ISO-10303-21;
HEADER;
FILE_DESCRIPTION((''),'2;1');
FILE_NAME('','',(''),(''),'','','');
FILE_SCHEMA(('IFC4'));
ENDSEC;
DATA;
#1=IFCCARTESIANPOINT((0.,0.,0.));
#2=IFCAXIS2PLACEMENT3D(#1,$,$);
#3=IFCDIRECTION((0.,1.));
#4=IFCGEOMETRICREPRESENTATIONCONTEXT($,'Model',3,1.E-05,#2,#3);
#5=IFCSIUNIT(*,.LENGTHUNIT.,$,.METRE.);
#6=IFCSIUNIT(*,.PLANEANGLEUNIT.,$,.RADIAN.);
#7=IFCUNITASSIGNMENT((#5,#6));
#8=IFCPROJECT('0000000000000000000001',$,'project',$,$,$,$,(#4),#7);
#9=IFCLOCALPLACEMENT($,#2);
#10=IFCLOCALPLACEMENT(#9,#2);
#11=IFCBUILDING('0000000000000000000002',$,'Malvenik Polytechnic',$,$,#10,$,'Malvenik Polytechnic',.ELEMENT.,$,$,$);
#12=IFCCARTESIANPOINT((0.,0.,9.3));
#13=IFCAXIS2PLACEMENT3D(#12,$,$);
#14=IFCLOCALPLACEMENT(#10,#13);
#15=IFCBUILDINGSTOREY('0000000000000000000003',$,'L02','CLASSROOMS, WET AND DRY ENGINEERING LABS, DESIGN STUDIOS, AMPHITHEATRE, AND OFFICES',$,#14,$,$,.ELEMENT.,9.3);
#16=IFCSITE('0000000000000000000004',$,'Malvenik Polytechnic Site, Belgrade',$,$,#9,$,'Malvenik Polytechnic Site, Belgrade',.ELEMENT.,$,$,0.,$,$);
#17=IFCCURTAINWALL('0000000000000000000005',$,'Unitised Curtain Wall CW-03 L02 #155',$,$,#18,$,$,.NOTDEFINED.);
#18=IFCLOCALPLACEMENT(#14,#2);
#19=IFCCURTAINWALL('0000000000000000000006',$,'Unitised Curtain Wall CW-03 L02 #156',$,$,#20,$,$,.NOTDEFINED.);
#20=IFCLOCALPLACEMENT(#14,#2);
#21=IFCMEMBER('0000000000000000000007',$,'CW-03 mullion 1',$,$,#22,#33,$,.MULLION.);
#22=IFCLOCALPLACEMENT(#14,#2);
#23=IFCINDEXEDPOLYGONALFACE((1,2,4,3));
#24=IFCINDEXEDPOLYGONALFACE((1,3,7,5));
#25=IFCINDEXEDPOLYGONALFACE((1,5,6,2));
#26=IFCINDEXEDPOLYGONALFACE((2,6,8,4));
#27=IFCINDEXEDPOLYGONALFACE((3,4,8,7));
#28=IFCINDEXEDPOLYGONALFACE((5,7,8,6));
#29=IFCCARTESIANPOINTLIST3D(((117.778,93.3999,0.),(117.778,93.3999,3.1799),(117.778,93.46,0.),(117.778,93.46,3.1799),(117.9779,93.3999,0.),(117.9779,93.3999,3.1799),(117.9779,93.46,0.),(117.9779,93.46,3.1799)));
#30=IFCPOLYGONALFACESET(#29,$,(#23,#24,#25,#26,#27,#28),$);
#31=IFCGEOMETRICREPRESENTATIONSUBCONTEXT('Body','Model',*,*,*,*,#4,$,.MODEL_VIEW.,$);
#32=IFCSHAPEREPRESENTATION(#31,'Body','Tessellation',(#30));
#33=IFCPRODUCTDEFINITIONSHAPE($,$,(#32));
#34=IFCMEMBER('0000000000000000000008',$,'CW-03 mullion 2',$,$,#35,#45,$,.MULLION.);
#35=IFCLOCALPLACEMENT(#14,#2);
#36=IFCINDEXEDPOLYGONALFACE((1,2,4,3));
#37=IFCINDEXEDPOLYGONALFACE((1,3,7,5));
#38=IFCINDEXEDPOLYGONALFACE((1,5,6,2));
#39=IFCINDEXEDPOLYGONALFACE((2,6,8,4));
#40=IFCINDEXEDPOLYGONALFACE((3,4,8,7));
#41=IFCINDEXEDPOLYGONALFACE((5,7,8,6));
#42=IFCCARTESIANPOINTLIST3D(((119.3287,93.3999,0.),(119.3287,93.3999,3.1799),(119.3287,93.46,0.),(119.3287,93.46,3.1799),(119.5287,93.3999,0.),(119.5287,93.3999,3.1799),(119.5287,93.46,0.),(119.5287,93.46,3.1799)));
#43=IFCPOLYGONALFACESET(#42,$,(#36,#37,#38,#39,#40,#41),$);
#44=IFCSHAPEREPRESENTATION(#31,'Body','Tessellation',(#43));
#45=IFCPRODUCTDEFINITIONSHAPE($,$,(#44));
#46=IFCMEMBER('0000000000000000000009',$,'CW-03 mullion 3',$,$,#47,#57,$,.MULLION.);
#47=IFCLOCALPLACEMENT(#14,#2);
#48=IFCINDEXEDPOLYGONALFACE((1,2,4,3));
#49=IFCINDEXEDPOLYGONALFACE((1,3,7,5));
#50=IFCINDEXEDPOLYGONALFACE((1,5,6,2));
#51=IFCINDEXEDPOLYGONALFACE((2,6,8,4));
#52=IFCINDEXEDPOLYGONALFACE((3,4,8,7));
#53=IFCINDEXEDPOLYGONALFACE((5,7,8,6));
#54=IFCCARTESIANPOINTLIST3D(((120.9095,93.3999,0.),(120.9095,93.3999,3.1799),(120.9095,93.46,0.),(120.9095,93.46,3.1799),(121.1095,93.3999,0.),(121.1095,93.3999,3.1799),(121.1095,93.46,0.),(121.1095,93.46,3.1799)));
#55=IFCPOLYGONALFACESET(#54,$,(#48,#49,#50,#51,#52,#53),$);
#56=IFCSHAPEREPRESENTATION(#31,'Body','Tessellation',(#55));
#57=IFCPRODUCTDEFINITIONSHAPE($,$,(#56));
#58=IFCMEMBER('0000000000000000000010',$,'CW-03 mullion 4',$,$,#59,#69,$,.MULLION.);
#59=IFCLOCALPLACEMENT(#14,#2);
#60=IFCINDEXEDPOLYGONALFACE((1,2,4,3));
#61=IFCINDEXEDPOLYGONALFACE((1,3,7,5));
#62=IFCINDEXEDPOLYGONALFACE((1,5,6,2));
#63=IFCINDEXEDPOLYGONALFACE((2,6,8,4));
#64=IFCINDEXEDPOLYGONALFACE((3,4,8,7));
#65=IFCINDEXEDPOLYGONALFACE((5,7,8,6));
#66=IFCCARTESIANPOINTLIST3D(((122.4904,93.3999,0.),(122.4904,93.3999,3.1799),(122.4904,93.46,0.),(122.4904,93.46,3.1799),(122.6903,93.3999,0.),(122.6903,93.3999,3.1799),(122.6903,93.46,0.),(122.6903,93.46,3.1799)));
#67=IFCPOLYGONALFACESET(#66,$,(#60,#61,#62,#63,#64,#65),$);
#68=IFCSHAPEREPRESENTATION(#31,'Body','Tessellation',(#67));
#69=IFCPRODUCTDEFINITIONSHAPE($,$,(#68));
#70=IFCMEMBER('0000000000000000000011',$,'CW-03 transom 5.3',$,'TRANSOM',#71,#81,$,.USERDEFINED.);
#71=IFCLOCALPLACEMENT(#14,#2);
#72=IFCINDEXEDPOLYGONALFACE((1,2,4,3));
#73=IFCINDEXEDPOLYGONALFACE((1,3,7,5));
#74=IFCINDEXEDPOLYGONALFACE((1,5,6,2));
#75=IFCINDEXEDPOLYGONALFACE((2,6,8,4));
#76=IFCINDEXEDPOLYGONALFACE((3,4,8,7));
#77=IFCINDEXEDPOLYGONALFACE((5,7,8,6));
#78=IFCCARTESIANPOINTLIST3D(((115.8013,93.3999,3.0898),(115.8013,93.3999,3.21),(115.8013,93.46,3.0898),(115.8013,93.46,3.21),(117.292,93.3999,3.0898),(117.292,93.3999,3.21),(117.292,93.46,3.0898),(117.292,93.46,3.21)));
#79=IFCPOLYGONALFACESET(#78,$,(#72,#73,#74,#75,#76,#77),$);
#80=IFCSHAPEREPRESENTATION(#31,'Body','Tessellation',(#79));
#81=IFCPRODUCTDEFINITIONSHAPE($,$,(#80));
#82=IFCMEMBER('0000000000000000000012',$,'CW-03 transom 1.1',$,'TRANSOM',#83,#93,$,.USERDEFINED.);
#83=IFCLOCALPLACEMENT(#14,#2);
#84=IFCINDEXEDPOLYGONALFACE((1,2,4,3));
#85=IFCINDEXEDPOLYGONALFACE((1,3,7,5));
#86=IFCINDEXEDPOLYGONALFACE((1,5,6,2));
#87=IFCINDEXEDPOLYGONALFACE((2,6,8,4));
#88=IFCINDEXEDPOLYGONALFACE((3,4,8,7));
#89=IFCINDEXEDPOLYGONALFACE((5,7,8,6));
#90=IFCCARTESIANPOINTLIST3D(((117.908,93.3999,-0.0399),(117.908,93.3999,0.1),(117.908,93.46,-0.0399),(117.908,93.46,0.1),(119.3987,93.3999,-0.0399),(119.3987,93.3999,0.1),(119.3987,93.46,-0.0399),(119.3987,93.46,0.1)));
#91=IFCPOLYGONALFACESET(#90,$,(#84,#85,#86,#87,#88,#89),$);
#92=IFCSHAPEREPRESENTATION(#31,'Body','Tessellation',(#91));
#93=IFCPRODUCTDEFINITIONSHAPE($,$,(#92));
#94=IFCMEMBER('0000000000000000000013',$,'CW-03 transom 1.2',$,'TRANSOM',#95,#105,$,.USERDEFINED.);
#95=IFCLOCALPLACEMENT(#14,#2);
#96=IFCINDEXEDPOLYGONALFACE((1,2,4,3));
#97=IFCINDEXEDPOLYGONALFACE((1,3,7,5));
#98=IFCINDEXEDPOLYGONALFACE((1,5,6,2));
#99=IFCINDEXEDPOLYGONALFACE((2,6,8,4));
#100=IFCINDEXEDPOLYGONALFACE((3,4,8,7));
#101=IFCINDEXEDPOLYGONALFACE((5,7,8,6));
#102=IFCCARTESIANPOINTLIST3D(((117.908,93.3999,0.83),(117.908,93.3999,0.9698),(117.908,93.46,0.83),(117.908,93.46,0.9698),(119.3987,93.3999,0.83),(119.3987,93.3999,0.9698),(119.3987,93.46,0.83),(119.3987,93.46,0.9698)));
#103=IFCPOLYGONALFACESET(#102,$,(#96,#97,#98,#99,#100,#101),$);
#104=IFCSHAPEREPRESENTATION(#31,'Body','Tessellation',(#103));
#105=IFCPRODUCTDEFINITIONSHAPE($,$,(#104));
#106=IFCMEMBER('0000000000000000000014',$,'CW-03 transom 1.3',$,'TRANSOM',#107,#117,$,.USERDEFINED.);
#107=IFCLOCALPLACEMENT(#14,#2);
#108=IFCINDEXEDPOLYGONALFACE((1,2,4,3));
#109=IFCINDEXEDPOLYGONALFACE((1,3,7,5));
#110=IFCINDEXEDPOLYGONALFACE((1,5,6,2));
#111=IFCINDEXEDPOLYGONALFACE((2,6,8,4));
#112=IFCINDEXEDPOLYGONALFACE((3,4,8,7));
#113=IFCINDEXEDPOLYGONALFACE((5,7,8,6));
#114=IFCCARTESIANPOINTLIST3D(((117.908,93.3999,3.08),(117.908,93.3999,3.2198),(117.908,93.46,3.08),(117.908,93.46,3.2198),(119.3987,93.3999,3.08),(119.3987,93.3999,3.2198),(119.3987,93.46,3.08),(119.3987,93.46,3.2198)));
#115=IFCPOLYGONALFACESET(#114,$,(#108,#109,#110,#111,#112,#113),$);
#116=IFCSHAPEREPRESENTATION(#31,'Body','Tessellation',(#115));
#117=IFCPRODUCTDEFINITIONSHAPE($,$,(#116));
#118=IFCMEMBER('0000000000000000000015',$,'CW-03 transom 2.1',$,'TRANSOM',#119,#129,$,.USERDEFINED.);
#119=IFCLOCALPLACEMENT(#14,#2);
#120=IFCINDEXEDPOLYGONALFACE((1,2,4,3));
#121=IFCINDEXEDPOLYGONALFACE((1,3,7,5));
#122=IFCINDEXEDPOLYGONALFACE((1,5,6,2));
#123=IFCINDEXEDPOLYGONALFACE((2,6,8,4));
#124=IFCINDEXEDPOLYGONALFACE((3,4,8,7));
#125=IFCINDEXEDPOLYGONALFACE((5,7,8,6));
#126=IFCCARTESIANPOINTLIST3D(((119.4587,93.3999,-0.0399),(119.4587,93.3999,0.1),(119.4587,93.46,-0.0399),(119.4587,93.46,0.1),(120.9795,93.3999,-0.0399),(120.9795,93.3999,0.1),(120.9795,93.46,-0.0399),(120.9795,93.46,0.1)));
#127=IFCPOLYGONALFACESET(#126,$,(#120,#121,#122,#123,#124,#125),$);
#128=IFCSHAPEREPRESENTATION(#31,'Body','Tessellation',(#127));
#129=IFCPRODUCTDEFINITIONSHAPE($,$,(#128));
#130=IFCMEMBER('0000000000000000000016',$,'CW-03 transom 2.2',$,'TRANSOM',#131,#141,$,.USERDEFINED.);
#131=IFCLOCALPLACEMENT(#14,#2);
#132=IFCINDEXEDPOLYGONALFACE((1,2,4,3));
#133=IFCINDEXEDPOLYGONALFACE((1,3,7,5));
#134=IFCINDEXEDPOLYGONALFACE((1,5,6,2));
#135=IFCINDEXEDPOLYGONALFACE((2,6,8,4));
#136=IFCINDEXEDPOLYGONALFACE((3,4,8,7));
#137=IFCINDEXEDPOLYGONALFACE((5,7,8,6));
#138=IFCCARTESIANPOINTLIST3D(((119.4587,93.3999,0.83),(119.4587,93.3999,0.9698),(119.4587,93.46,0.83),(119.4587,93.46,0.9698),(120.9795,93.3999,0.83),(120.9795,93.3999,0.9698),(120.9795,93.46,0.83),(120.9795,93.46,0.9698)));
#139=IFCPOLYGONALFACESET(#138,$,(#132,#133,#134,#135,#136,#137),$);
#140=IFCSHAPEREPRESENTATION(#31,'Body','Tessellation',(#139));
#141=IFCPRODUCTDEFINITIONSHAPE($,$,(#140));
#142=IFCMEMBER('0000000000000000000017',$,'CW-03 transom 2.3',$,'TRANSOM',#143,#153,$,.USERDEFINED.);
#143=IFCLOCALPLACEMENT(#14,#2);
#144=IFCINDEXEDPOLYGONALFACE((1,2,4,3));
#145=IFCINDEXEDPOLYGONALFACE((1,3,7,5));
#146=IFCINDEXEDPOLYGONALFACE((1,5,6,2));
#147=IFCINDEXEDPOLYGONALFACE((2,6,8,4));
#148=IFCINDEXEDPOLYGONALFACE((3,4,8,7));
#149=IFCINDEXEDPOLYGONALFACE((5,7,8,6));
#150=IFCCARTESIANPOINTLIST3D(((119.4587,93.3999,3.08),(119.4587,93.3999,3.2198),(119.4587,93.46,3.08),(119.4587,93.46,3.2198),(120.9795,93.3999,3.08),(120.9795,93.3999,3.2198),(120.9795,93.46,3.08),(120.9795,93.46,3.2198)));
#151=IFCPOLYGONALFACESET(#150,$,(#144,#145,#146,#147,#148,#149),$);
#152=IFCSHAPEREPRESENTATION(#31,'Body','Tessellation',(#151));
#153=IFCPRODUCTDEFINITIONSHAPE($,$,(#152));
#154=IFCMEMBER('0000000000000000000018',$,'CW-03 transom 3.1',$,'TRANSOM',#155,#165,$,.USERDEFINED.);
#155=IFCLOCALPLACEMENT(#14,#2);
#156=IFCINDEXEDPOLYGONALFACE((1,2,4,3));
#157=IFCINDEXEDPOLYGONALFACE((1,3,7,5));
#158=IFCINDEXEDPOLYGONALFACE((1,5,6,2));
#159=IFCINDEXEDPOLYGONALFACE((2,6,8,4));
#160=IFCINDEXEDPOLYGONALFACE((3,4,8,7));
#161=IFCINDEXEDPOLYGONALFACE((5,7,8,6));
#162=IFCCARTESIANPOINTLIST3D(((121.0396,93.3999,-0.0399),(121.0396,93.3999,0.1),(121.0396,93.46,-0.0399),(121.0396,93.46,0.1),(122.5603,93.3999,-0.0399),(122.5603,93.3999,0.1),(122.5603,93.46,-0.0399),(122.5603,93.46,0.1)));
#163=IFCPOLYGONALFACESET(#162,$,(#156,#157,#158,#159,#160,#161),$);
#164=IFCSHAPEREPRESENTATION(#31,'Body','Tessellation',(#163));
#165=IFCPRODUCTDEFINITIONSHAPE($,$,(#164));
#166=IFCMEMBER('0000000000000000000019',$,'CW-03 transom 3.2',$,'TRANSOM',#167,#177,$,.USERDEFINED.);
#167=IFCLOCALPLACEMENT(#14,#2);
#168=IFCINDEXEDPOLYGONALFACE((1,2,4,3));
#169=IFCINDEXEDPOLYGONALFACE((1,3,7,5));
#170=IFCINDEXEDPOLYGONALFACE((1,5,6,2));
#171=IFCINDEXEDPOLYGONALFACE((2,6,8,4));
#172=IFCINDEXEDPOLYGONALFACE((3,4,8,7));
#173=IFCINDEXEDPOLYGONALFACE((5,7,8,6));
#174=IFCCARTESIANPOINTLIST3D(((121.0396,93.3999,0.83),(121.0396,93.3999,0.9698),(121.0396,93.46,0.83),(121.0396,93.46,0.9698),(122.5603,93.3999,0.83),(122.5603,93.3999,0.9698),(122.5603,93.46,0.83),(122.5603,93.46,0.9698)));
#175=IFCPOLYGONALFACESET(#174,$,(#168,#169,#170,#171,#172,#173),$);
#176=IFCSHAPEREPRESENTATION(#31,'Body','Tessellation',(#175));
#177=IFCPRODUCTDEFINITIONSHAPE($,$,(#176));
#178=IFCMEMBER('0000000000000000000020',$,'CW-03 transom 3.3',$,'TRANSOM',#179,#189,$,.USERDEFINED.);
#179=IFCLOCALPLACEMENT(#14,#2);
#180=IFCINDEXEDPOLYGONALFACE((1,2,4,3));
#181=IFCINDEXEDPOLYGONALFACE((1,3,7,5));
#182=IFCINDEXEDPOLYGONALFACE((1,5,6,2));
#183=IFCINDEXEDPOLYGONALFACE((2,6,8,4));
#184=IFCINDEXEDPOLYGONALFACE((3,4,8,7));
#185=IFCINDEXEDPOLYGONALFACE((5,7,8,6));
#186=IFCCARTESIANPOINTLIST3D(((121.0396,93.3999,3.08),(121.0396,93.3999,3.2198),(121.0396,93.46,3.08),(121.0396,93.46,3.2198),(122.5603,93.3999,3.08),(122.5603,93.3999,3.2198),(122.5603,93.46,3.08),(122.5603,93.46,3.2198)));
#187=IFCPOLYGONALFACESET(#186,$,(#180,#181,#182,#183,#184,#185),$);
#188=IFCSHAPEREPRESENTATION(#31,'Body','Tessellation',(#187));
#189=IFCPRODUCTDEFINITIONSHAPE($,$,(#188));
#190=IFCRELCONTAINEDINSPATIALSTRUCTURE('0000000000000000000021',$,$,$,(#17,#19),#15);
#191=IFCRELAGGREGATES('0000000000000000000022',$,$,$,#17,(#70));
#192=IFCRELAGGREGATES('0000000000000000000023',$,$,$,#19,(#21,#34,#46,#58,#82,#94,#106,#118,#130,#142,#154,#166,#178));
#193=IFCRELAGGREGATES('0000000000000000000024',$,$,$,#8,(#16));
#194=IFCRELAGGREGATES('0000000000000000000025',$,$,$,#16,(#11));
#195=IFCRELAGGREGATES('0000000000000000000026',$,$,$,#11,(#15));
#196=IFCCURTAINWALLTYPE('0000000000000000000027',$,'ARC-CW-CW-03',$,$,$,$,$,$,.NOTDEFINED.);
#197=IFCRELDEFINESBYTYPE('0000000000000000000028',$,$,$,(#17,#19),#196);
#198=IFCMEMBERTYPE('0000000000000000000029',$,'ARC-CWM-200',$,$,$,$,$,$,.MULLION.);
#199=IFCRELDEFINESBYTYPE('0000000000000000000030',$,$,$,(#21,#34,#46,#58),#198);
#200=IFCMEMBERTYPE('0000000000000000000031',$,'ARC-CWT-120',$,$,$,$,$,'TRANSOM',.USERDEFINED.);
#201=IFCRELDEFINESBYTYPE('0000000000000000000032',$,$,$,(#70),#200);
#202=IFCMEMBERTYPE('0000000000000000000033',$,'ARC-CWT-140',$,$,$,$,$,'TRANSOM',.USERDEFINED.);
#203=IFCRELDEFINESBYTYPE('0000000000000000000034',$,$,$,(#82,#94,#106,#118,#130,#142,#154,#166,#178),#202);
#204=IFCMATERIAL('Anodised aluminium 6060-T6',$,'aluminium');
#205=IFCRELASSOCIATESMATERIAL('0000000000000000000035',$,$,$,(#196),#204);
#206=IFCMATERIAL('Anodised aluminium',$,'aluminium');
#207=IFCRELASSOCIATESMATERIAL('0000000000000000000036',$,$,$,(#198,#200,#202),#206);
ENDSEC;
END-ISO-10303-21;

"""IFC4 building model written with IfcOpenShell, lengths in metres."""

from ifc_helpers import new_model, si_unit, direction, frame, origin, origin_2d, place, context, subcontext, project, spatial, rectangle, extrude, material, material_profile, profile_set, type_object, element, aggregate, save


model = new_model("IFC4")

# Units and contexts
model_context = context("Model", 3, precision=1e-05, world=origin(), true_north=direction((0.0, 1.0)))
body_context = subcontext(model_context, "Body", "Model", "MODEL_VIEW")
ifc_project = project(units=[si_unit("LENGTHUNIT", "METRE"), si_unit("PLANEANGLEUNIT", "RADIAN")], contexts=[model_context])

# Site, building, storey
site_placement = place(None, origin())
site = spatial("IfcSite", under=ifc_project, at=site_placement, Name="Malvenik Polytechnic Site, Belgrade", LongName="Malvenik Polytechnic Site, Belgrade", CompositionType="ELEMENT", RefElevation=0.0)
building_placement = place(site_placement, origin())
building = spatial("IfcBuilding", under=site, at=building_placement, Name="Malvenik Polytechnic", LongName="Malvenik Polytechnic", CompositionType="ELEMENT")
storey_placement = place(building_placement, frame((0.0, 0.0, 9.3)))
storey = spatial("IfcBuildingStorey", under=building, at=storey_placement, Name="L02", Description="CLASSROOMS, WET AND DRY ENGINEERING LABS, DESIGN STUDIOS, AMPHITHEATRE, AND OFFICES", CompositionType="ELEMENT", Elevation=9.3)

# Curtain wall
ifc_material_1 = material(Name="Anodised aluminium 6060-T6", Category="aluminium")
curtain_wall_type = type_object("IfcCurtainWallType", Name="ARC-CW-CW-03", PredefinedType="NOTDEFINED", material=ifc_material_1)
curtain_wall_1_placement = place(storey_placement, origin())
curtain_wall_1 = element("IfcCurtainWall", 1, at=curtain_wall_1_placement, inside=storey, type_object=curtain_wall_type, Name="Unitised Curtain Wall CW-03 L02 #155", PredefinedType="NOTDEFINED")
ifc_material_2 = material(Name="Anodised aluminium", Category="aluminium")

# Curtain wall, members
curtain_wall_2_placement = place(storey_placement, origin())
curtain_wall_2 = element("IfcCurtainWall", 2, at=curtain_wall_2_placement, inside=storey, type_object=curtain_wall_type, Name="Unitised Curtain Wall CW-03 L02 #156", PredefinedType="NOTDEFINED")
ifc_material_profile_1 = material_profile(ifc_material_2, rectangle(XDim=0.0601, YDim=0.2, at=origin_2d()), Name="ALU MULLION 60x200")
ifc_profile_set_1 = profile_set([ifc_material_profile_1], Name="Anodised aluminium")
member_type_1 = type_object("IfcMemberType", Name="ARC-CWM-200", PredefinedType="MULLION", material=ifc_profile_set_1)
member_1_placement = place(storey_placement, frame((117.8779, 93.4299, 0.0), z_axis=(0.0, 0.0, 1.0), x_axis=(0.0, 1.0, 0.0)))
member_1 = element("IfcMember", 3, at=member_1_placement, type_object=member_type_1, Name="CW-03 mullion 1", PredefinedType="MULLION", context=body_context, shape_type="SweptSolid", body=[
    extrude(rectangle(XDim=0.0601, YDim=0.2, at=origin_2d()), origin(), (0.0, 0.0, 1.0), 3.1799),
])
member_2_placement = place(storey_placement, frame((119.4287, 93.4299, 0.0), z_axis=(0.0, 0.0, 1.0), x_axis=(0.0, 1.0, 0.0)))
member_2 = element("IfcMember", 4, at=member_2_placement, type_object=member_type_1, Name="CW-03 mullion 2", PredefinedType="MULLION", context=body_context, shape_type="SweptSolid", body=[
    extrude(rectangle(XDim=0.0601, YDim=0.2, at=origin_2d()), origin(), (0.0, 0.0, 1.0), 3.1799),
])
member_3_placement = place(storey_placement, frame((121.0095, 93.4299, 0.0), z_axis=(0.0, 0.0, 1.0), x_axis=(0.0, 1.0, 0.0)))
member_3 = element("IfcMember", 5, at=member_3_placement, type_object=member_type_1, Name="CW-03 mullion 3", PredefinedType="MULLION", context=body_context, shape_type="SweptSolid", body=[
    extrude(rectangle(XDim=0.0601, YDim=0.2, at=origin_2d()), origin(), (0.0, 0.0, 1.0), 3.1799),
])
member_4_placement = place(storey_placement, frame((122.5903, 93.4299, 0.0), z_axis=(0.0, 0.0, 1.0), x_axis=(0.0, 1.0, 0.0)))
member_4 = element("IfcMember", 6, at=member_4_placement, type_object=member_type_1, Name="CW-03 mullion 4", PredefinedType="MULLION", context=body_context, shape_type="SweptSolid", body=[
    extrude(rectangle(XDim=0.0601, YDim=0.2, at=origin_2d()), origin(), (0.0, 0.0, 1.0), 3.1799),
])

# Members
ifc_material_profile_2 = material_profile(ifc_material_2, rectangle(XDim=0.0601, YDim=0.1201, at=origin_2d()), Name="ALU TRANSOM 60x120")
ifc_profile_set_2 = profile_set([ifc_material_profile_2], Name="Anodised aluminium")
member_type_2 = type_object("IfcMemberType", Name="ARC-CWT-120", ElementType="TRANSOM", PredefinedType="USERDEFINED", material=ifc_profile_set_2)
member_5_placement = place(storey_placement, frame((115.8013, 93.4299, 3.1499), z_axis=(1.0, 0.0, 0.0), x_axis=(0.0, 1.0, 0.0)))
member_5 = element("IfcMember", 7, at=member_5_placement, type_object=member_type_2, Name="CW-03 transom 5.3", ObjectType="TRANSOM", PredefinedType="USERDEFINED", context=body_context, shape_type="SweptSolid", body=[
    extrude(rectangle(XDim=0.0601, YDim=0.1201, at=origin_2d()), origin(), (0.0, 0.0, 1.0), 1.4907),
])
ifc_material_profile_3 = material_profile(ifc_material_2, rectangle(XDim=0.0601, YDim=0.1399, at=origin_2d()), Name="ALU TRANSOM 60x140")
ifc_profile_set_3 = profile_set([ifc_material_profile_3], Name="Anodised aluminium")
member_type_3 = type_object("IfcMemberType", Name="ARC-CWT-140", ElementType="TRANSOM", PredefinedType="USERDEFINED", material=ifc_profile_set_3)
member_6_placement = place(storey_placement, frame((117.908, 93.4299, 0.03), z_axis=(1.0, 0.0, 0.0), x_axis=(0.0, 1.0, 0.0)))
member_6 = element("IfcMember", 8, at=member_6_placement, type_object=member_type_3, Name="CW-03 transom 1.1", ObjectType="TRANSOM", PredefinedType="USERDEFINED", context=body_context, shape_type="SweptSolid", body=[
    extrude(rectangle(XDim=0.0601, YDim=0.1399, at=origin_2d()), origin(), (0.0, 0.0, 1.0), 1.4907),
])
member_7_placement = place(storey_placement, frame((117.908, 93.4299, 0.8999), z_axis=(1.0, 0.0, 0.0), x_axis=(0.0, 1.0, 0.0)))
member_7 = element("IfcMember", 9, at=member_7_placement, type_object=member_type_3, Name="CW-03 transom 1.2", ObjectType="TRANSOM", PredefinedType="USERDEFINED", context=body_context, shape_type="SweptSolid", body=[
    extrude(rectangle(XDim=0.0601, YDim=0.1399, at=origin_2d()), origin(), (0.0, 0.0, 1.0), 1.4907),
])
member_8_placement = place(storey_placement, frame((117.908, 93.4299, 3.1499), z_axis=(1.0, 0.0, 0.0), x_axis=(0.0, 1.0, 0.0)))
member_8 = element("IfcMember", 10, at=member_8_placement, type_object=member_type_3, Name="CW-03 transom 1.3", ObjectType="TRANSOM", PredefinedType="USERDEFINED", context=body_context, shape_type="SweptSolid", body=[
    extrude(rectangle(XDim=0.0601, YDim=0.1399, at=origin_2d()), origin(), (0.0, 0.0, 1.0), 1.4907),
])
member_9_placement = place(storey_placement, frame((119.4587, 93.4299, 0.03), z_axis=(1.0, 0.0, 0.0), x_axis=(0.0, 1.0, 0.0)))
member_9 = element("IfcMember", 11, at=member_9_placement, type_object=member_type_3, Name="CW-03 transom 2.1", ObjectType="TRANSOM", PredefinedType="USERDEFINED", context=body_context, shape_type="SweptSolid", body=[
    extrude(rectangle(XDim=0.0601, YDim=0.1399, at=origin_2d()), origin(), (0.0, 0.0, 1.0), 1.5208),
])
member_10_placement = place(storey_placement, frame((119.4587, 93.4299, 0.8999), z_axis=(1.0, 0.0, 0.0), x_axis=(0.0, 1.0, 0.0)))
member_10 = element("IfcMember", 12, at=member_10_placement, type_object=member_type_3, Name="CW-03 transom 2.2", ObjectType="TRANSOM", PredefinedType="USERDEFINED", context=body_context, shape_type="SweptSolid", body=[
    extrude(rectangle(XDim=0.0601, YDim=0.1399, at=origin_2d()), origin(), (0.0, 0.0, 1.0), 1.5208),
])
member_11_placement = place(storey_placement, frame((119.4587, 93.4299, 3.1499), z_axis=(1.0, 0.0, 0.0), x_axis=(0.0, 1.0, 0.0)))
member_11 = element("IfcMember", 13, at=member_11_placement, type_object=member_type_3, Name="CW-03 transom 2.3", ObjectType="TRANSOM", PredefinedType="USERDEFINED", context=body_context, shape_type="SweptSolid", body=[
    extrude(rectangle(XDim=0.0601, YDim=0.1399, at=origin_2d()), origin(), (0.0, 0.0, 1.0), 1.5208),
])
member_12_placement = place(storey_placement, frame((121.0396, 93.4299, 0.03), z_axis=(1.0, 0.0, 0.0), x_axis=(0.0, 1.0, 0.0)))
member_12 = element("IfcMember", 14, at=member_12_placement, type_object=member_type_3, Name="CW-03 transom 3.1", ObjectType="TRANSOM", PredefinedType="USERDEFINED", context=body_context, shape_type="SweptSolid", body=[
    extrude(rectangle(XDim=0.0601, YDim=0.1399, at=origin_2d()), origin(), (0.0, 0.0, 1.0), 1.5208),
])
member_13_placement = place(storey_placement, frame((121.0396, 93.4299, 0.8999), z_axis=(1.0, 0.0, 0.0), x_axis=(0.0, 1.0, 0.0)))
member_13 = element("IfcMember", 15, at=member_13_placement, type_object=member_type_3, Name="CW-03 transom 3.2", ObjectType="TRANSOM", PredefinedType="USERDEFINED", context=body_context, shape_type="SweptSolid", body=[
    extrude(rectangle(XDim=0.0601, YDim=0.1399, at=origin_2d()), origin(), (0.0, 0.0, 1.0), 1.5208),
])
member_14_placement = place(storey_placement, frame((121.0396, 93.4299, 3.1499), z_axis=(1.0, 0.0, 0.0), x_axis=(0.0, 1.0, 0.0)))
member_14 = element("IfcMember", 16, at=member_14_placement, type_object=member_type_3, Name="CW-03 transom 3.3", ObjectType="TRANSOM", PredefinedType="USERDEFINED", context=body_context, shape_type="SweptSolid", body=[
    extrude(rectangle(XDim=0.0601, YDim=0.1399, at=origin_2d()), origin(), (0.0, 0.0, 1.0), 1.5208),
])

aggregate(curtain_wall_1, [member_5])
aggregate(curtain_wall_2, [member_1, member_2, member_3, member_4, member_6, member_7, member_8, member_9, member_10, member_11, member_12, member_13, member_14])

save(model, "model.ifc")
